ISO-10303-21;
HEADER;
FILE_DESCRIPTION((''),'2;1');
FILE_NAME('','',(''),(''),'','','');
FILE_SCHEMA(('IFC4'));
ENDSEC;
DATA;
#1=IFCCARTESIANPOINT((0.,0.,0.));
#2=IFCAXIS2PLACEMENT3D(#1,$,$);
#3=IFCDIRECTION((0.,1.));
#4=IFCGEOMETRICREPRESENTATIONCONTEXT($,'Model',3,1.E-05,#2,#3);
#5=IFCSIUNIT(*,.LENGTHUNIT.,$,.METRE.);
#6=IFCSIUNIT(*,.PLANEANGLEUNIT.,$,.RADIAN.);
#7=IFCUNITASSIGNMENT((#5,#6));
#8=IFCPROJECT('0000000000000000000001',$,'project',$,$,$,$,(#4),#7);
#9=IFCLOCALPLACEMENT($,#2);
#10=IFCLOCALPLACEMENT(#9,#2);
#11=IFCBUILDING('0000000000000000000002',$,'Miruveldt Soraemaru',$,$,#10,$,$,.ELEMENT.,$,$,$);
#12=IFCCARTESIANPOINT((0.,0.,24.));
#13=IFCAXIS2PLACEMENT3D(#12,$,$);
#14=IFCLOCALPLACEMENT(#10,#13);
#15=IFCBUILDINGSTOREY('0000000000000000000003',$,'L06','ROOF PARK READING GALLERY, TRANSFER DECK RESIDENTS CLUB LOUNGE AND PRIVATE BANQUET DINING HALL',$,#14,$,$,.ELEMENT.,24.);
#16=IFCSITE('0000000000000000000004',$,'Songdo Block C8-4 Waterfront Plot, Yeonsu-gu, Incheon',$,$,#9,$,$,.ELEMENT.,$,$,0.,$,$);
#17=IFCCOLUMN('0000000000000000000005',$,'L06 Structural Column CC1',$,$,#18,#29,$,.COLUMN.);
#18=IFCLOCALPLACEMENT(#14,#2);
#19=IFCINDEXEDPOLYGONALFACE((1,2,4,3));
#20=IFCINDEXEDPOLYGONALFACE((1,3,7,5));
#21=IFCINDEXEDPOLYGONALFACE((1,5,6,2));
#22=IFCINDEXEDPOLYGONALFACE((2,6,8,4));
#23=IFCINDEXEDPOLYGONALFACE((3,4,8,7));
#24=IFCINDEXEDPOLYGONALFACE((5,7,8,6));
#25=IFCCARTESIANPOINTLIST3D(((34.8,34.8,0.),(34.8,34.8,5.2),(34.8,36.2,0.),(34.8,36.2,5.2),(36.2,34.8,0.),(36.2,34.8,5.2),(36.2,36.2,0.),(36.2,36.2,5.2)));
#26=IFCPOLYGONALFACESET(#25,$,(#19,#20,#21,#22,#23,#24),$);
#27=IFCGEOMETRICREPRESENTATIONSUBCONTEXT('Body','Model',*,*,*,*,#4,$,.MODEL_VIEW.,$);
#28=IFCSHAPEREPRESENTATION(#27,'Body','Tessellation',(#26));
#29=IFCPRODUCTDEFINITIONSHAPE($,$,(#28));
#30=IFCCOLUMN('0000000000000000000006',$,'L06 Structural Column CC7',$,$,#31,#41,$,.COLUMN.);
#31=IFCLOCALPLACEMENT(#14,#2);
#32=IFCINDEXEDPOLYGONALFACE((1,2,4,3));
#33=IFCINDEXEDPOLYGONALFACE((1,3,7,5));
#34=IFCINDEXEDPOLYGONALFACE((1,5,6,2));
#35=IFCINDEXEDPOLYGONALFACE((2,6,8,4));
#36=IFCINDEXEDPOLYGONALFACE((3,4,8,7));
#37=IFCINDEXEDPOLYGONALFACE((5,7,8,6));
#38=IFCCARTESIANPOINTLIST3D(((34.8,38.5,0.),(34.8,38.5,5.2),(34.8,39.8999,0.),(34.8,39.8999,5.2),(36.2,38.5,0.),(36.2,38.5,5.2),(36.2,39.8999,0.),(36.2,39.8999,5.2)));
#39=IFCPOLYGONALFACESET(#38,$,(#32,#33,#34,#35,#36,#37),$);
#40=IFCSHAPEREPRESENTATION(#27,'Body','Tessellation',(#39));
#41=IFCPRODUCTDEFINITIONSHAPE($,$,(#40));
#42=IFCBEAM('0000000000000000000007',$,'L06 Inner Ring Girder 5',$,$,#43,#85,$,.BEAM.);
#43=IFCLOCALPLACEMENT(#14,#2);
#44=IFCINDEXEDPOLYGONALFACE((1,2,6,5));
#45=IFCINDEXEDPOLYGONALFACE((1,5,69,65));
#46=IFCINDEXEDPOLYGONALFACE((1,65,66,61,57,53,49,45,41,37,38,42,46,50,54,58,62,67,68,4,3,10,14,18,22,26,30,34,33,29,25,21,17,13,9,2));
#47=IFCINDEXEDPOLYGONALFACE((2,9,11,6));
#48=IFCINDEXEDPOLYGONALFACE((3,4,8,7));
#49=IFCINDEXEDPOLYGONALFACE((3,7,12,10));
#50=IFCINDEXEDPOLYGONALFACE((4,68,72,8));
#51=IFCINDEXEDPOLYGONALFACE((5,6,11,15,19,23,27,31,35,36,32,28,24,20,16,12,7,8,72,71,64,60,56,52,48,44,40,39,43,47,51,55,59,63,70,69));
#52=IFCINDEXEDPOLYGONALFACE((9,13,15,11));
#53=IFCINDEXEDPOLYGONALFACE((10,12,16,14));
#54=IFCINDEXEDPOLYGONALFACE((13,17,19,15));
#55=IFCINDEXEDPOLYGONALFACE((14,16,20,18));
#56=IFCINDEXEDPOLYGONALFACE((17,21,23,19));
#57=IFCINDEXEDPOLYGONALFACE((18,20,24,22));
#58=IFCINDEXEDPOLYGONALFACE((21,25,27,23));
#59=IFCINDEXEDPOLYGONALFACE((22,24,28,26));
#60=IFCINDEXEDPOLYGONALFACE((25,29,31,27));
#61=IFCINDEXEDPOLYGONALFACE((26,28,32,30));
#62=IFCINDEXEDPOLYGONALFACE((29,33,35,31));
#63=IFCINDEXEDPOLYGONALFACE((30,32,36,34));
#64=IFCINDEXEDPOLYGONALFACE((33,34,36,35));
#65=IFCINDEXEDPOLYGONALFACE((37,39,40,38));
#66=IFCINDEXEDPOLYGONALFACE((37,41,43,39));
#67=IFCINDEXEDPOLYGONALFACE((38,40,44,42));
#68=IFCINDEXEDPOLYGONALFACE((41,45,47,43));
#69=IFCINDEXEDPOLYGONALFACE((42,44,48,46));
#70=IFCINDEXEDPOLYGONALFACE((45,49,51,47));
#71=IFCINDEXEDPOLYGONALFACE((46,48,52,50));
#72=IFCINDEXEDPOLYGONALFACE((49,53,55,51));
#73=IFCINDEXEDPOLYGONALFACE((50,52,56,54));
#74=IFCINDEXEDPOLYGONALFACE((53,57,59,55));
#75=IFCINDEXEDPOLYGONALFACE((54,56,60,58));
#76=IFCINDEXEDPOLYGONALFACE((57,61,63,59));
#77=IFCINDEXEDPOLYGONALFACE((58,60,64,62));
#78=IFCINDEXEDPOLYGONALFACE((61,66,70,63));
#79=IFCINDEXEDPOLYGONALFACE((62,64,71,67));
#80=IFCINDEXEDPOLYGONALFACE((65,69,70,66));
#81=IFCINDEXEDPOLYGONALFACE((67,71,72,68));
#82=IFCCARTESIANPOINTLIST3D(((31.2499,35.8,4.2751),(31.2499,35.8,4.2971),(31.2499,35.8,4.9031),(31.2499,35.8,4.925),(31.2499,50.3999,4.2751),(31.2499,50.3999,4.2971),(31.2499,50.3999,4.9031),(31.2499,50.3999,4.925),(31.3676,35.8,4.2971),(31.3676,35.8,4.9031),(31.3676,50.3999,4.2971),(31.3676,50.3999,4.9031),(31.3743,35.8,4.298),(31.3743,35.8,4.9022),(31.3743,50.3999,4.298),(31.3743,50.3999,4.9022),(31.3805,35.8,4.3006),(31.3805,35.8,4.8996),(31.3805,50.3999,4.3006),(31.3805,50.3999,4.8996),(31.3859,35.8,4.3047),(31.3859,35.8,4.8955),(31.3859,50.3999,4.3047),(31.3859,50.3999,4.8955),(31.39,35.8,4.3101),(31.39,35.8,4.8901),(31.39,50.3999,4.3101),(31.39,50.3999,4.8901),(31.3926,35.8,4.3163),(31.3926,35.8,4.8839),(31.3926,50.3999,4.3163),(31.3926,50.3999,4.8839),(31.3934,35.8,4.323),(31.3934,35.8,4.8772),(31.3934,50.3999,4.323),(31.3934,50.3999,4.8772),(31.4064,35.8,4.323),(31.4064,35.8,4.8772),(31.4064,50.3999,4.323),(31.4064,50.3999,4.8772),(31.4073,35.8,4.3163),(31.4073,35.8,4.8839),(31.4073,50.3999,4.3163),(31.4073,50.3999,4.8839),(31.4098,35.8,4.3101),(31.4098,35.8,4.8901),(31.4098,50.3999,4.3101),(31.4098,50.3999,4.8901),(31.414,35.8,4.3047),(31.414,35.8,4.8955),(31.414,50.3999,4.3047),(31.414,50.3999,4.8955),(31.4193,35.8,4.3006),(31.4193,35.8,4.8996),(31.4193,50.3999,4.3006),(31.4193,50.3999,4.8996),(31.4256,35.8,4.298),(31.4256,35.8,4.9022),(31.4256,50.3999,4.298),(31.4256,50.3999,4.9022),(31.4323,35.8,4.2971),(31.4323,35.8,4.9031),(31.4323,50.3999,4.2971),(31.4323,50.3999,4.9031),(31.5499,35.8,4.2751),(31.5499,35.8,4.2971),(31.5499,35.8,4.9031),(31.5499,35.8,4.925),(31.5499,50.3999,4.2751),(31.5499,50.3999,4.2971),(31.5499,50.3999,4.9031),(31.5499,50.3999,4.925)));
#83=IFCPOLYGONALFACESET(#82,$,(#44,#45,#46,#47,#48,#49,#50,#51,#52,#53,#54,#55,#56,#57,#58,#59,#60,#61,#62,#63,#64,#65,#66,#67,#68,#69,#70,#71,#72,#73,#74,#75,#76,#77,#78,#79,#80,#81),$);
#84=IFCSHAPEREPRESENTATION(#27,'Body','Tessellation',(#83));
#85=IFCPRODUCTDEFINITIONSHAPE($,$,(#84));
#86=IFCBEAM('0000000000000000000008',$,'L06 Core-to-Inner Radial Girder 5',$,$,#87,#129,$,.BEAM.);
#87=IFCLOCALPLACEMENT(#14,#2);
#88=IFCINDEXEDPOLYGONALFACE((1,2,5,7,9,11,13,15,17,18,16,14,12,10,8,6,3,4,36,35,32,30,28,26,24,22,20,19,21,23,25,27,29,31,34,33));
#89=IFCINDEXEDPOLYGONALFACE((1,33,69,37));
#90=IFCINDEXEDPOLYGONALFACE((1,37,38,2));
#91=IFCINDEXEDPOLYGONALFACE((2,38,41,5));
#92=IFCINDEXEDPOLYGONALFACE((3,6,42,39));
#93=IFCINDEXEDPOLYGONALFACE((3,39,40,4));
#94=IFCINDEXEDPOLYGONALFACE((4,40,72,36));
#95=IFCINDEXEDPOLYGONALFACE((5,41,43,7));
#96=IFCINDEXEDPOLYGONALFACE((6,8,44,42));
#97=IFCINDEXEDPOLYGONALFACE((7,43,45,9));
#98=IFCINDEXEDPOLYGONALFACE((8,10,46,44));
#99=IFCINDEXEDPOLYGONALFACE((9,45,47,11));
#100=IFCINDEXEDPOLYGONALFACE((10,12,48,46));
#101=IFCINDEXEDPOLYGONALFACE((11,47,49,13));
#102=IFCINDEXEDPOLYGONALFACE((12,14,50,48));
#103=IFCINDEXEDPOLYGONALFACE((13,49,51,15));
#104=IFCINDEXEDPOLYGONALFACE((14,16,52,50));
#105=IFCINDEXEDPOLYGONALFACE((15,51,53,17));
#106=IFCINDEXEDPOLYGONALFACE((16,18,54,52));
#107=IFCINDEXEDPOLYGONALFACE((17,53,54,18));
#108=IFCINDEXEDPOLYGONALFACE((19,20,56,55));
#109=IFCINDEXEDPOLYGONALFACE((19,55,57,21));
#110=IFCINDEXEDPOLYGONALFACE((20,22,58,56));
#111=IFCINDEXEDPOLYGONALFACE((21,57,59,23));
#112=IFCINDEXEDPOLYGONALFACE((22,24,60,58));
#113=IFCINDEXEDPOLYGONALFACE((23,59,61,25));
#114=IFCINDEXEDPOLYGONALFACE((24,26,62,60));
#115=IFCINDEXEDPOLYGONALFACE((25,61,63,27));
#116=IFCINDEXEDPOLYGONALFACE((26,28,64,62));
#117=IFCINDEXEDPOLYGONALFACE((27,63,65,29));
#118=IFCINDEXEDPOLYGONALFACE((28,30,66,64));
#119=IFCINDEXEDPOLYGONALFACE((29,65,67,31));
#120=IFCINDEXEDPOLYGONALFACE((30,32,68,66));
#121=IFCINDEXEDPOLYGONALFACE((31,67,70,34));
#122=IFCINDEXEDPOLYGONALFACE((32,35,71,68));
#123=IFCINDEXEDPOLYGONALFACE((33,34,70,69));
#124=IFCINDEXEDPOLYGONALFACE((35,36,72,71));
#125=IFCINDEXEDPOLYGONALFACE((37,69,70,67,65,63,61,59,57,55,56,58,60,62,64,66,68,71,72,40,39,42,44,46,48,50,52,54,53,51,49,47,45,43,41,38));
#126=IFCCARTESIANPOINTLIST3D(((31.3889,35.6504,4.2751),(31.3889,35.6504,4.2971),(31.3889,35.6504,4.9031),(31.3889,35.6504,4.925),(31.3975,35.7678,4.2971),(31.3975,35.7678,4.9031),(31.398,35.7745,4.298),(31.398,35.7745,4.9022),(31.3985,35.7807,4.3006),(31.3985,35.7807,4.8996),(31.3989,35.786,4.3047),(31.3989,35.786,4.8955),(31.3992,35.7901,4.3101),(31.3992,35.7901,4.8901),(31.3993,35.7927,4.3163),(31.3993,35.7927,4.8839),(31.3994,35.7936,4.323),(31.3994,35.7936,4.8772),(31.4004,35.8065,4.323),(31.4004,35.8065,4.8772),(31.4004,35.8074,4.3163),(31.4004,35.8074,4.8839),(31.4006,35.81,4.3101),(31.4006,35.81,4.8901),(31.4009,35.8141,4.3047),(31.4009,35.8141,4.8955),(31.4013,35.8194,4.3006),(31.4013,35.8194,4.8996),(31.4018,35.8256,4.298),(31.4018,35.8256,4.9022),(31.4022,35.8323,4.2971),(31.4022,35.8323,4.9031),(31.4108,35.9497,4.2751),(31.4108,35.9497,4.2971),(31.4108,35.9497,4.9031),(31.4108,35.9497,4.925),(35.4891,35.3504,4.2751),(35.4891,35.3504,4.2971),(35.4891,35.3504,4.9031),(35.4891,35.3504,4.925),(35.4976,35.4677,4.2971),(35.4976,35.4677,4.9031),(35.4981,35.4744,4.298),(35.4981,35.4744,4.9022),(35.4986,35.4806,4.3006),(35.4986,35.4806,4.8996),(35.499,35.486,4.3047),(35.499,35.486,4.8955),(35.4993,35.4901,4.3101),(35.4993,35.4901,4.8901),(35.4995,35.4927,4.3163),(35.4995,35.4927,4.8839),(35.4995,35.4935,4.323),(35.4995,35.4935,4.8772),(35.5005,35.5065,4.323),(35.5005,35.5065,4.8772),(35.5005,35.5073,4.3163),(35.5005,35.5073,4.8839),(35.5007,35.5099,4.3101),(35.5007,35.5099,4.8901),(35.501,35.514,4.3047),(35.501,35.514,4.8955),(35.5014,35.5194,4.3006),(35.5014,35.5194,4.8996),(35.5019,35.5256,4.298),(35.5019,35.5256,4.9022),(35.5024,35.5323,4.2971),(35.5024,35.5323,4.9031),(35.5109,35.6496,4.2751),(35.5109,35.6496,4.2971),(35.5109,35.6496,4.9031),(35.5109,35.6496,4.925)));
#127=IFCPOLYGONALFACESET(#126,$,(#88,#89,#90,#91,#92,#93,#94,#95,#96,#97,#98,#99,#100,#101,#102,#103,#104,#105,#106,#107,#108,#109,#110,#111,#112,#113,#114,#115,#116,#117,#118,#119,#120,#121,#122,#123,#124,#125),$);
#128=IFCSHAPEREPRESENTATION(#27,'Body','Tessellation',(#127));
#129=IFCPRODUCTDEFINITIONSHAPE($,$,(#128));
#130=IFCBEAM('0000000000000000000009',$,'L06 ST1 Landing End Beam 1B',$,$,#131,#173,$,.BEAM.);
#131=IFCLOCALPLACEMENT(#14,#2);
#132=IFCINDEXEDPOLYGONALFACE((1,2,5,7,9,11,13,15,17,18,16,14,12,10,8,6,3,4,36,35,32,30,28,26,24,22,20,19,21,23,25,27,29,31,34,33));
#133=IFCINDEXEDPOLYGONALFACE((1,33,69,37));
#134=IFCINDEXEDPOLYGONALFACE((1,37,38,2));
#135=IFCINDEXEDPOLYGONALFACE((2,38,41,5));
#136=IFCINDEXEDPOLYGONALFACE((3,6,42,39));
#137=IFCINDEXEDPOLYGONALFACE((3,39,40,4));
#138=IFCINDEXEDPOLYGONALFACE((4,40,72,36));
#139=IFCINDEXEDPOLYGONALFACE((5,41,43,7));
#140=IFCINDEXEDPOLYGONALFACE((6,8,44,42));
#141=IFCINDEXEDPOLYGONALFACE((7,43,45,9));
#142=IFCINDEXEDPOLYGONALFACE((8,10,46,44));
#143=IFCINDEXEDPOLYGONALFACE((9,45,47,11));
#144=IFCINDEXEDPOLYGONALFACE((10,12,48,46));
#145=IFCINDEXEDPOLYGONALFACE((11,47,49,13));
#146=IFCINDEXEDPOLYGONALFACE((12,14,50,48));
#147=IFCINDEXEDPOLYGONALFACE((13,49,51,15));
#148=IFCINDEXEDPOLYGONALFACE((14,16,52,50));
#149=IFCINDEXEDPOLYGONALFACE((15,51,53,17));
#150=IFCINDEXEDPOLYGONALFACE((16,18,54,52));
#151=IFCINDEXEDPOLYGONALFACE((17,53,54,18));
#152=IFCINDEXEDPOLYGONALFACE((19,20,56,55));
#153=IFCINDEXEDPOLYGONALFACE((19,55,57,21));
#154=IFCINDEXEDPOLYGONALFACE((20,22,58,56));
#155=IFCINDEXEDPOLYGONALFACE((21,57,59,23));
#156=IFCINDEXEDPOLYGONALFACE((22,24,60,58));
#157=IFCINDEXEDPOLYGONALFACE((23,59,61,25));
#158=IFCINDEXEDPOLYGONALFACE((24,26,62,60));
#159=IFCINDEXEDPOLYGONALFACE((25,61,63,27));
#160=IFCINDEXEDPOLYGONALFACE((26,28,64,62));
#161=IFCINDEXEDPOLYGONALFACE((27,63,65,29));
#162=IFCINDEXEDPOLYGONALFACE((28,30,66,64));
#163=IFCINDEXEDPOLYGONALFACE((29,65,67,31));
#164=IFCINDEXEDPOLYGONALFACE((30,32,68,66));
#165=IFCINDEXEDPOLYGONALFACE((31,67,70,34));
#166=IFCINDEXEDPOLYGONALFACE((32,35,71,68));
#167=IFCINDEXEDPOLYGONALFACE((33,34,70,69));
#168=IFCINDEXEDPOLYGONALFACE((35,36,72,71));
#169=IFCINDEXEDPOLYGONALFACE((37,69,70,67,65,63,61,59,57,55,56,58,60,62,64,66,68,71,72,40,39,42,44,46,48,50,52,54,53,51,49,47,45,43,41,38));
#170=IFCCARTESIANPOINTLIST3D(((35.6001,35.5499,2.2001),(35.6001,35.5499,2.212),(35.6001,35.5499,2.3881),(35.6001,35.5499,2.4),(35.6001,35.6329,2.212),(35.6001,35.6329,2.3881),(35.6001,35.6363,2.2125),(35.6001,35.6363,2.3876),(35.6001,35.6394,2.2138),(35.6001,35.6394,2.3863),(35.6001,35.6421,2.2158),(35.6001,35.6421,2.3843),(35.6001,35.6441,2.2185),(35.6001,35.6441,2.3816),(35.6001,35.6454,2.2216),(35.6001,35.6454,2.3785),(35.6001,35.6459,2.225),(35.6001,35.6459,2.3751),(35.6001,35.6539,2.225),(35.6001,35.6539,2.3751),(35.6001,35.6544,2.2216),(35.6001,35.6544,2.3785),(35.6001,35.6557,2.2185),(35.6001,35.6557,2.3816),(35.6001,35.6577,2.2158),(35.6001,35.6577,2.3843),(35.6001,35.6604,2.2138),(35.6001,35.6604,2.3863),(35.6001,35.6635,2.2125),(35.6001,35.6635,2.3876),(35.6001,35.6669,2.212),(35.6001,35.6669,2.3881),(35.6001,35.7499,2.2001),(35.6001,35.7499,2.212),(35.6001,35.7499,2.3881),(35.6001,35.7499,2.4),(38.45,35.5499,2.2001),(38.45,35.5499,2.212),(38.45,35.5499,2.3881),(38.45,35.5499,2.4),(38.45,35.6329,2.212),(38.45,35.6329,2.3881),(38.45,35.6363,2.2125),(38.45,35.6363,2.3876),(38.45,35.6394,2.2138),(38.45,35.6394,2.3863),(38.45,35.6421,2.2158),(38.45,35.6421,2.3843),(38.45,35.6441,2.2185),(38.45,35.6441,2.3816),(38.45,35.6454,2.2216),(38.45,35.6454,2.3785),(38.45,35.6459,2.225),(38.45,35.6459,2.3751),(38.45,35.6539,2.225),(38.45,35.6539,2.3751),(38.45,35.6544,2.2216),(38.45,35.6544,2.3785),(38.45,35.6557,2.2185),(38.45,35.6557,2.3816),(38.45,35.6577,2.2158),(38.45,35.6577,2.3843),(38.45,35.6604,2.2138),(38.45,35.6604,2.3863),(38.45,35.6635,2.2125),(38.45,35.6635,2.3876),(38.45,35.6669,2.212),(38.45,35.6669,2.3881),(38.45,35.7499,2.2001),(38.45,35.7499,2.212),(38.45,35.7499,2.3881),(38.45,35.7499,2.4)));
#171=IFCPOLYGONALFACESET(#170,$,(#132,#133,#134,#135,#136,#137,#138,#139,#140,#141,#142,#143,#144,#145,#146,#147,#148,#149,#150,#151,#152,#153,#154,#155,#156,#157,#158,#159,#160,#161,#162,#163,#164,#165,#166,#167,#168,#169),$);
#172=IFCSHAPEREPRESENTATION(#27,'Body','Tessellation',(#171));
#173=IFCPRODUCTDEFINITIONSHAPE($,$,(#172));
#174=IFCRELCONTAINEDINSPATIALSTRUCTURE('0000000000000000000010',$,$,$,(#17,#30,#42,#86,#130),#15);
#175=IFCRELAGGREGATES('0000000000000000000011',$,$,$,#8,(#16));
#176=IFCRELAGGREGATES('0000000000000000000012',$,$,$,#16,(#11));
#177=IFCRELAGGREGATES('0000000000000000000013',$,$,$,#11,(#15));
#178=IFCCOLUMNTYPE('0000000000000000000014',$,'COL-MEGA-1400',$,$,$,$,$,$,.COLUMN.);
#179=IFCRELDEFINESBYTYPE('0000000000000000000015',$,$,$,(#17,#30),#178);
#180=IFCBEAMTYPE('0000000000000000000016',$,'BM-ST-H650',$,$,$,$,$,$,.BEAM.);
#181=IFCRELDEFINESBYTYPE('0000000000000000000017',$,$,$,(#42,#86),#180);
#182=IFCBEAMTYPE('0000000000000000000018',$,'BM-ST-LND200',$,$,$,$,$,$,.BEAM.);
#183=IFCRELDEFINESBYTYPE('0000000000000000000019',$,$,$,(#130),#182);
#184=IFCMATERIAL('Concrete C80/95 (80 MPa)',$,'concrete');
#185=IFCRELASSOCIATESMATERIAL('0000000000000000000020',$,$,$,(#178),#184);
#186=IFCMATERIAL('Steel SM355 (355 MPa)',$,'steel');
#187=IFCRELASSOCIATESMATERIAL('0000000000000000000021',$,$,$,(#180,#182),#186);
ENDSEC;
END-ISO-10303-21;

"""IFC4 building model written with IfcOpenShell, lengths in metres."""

from ifc_helpers import new_model, si_unit, direction, frame, origin, origin_2d, place, context, subcontext, project, spatial, rectangle, i_section, extrude, material, material_profile, profile_set, type_object, element, save


model = new_model("IFC4")

# Units and contexts
model_context = context("Model", 3, precision=1e-05, world=origin(), true_north=direction((0.0, 1.0)))
body_context = subcontext(model_context, "Body", "Model", "MODEL_VIEW")
ifc_project = project(units=[si_unit("LENGTHUNIT", "METRE"), si_unit("PLANEANGLEUNIT", "RADIAN")], contexts=[model_context])

# Site, building, storey
site_placement = place(None, origin())
site = spatial("IfcSite", under=ifc_project, at=site_placement, Name="Songdo Block C8-4 Waterfront Plot, Yeonsu-gu, Incheon", CompositionType="ELEMENT", RefElevation=0.0)
building_placement = place(site_placement, origin())
building = spatial("IfcBuilding", under=site, at=building_placement, Name="Miruveldt Soraemaru", CompositionType="ELEMENT")
storey_placement = place(building_placement, frame((0.0, 0.0, 24.0)))
storey = spatial("IfcBuildingStorey", under=building, at=storey_placement, Name="L06", Description="ROOF PARK READING GALLERY, TRANSFER DECK RESIDENTS CLUB LOUNGE AND PRIVATE BANQUET DINING HALL", CompositionType="ELEMENT", Elevation=24.0)

# Columns
ifc_material_1 = material(Name="Concrete C80/95 (80 MPa)", Category="concrete")
ifc_material_profile_1 = material_profile(ifc_material_1, rectangle(XDim=1.3999, YDim=1.3999, at=origin_2d()), Name="Concrete C80/95 (80 MPa)", Category="concrete")
ifc_profile_set_1 = profile_set([ifc_material_profile_1], Name="Concrete C80/95 (80 MPa)")
column_type = type_object("IfcColumnType", Name="COL-MEGA-1400", PredefinedType="COLUMN", material=ifc_profile_set_1)
for number, where, z_axis, x_axis, name in (
    (1, (35.5, 35.5, 0.0), (0.0, 0.0, 1.0), (1.0, 0.0, 0.0), "L06 Structural Column CC1"),
    (2, (35.5, 39.2, 0.0), (0.0, 0.0, 1.0), (1.0, 0.0, 0.0), "L06 Structural Column CC7"),
):
    element("IfcColumn", number, at=place(storey_placement, frame(where, z_axis=z_axis, x_axis=x_axis)), inside=storey, type_object=column_type, Name=name, PredefinedType="COLUMN", context=body_context, shape_type="SweptSolid", body=[
        extrude(rectangle(XDim=1.3999, YDim=1.3999, at=origin_2d()), origin(), (0.0, 0.0, 1.0), 5.2),
    ])

# Beams
ifc_material_2 = material(Name="Steel SM355 (355 MPa)", Category="steel")
ifc_material_profile_2 = material_profile(ifc_material_2, i_section(OverallWidth=0.3, OverallDepth=0.6499, WebThickness=0.0129, FlangeThickness=0.022, FilletRadius=0.0259, at=origin_2d()), Name="Steel SM355 (355 MPa)", Category="steel")
ifc_profile_set_2 = profile_set([ifc_material_profile_2], Name="Steel SM355 (355 MPa)")
beam_type_1 = type_object("IfcBeamType", Name="BM-ST-H650", PredefinedType="BEAM", material=ifc_profile_set_2)
beam_1_placement = place(storey_placement, frame((31.3999, 35.8, 4.6001), z_axis=(0.0, 1.0, 0.0), x_axis=(-1.0, 0.0, 0.0)))
element("IfcBeam", 3, at=beam_1_placement, inside=storey, type_object=beam_type_1, Name="L06 Inner Ring Girder 5", PredefinedType="BEAM", context=body_context, shape_type="SweptSolid", body=[
    extrude(i_section(OverallWidth=0.3, OverallDepth=0.6499, WebThickness=0.0129, FlangeThickness=0.022, FilletRadius=0.0259, at=origin_2d()), origin(), (0.0, 0.0, 1.0), 14.5999),
])
beam_2_placement = place(storey_placement, frame((35.5, 35.5, 4.6001), z_axis=(-0.997333, 0.072986, 0.0), x_axis=(-0.072986, -0.997333, 0.0)))
element("IfcBeam", 4, at=beam_2_placement, inside=storey, type_object=beam_type_1, Name="L06 Core-to-Inner Radial Girder 5", PredefinedType="BEAM", context=body_context, shape_type="SweptSolid", body=[
    extrude(i_section(OverallWidth=0.3, OverallDepth=0.6499, WebThickness=0.0129, FlangeThickness=0.022, FilletRadius=0.0259, at=origin_2d()), origin(), (0.0, 0.0, 1.0), 4.1111),
])
ifc_material_profile_3 = material_profile(ifc_material_2, i_section(OverallWidth=0.2, OverallDepth=0.2, WebThickness=0.0081, FlangeThickness=0.012, FilletRadius=0.0129, at=origin_2d()), Name="Steel SM355 (355 MPa)", Category="steel")
ifc_profile_set_3 = profile_set([ifc_material_profile_3], Name="Steel SM355 (355 MPa)")
beam_type_2 = type_object("IfcBeamType", Name="BM-ST-LND200", PredefinedType="BEAM", material=ifc_profile_set_3)
beam_3_placement = place(storey_placement, frame((35.6001, 35.6499, 2.3), z_axis=(1.0, 0.0, 0.0), x_axis=(0.0, 1.0, 0.0)))
element("IfcBeam", 5, at=beam_3_placement, inside=storey, type_object=beam_type_2, Name="L06 ST1 Landing End Beam 1B", PredefinedType="BEAM", context=body_context, shape_type="SweptSolid", body=[
    extrude(i_section(OverallWidth=0.2, OverallDepth=0.2, WebThickness=0.0081, FlangeThickness=0.012, FilletRadius=0.0129, at=origin_2d()), origin(), (0.0, 0.0, 1.0), 2.8499),
])

save(model, "model.ifc")
